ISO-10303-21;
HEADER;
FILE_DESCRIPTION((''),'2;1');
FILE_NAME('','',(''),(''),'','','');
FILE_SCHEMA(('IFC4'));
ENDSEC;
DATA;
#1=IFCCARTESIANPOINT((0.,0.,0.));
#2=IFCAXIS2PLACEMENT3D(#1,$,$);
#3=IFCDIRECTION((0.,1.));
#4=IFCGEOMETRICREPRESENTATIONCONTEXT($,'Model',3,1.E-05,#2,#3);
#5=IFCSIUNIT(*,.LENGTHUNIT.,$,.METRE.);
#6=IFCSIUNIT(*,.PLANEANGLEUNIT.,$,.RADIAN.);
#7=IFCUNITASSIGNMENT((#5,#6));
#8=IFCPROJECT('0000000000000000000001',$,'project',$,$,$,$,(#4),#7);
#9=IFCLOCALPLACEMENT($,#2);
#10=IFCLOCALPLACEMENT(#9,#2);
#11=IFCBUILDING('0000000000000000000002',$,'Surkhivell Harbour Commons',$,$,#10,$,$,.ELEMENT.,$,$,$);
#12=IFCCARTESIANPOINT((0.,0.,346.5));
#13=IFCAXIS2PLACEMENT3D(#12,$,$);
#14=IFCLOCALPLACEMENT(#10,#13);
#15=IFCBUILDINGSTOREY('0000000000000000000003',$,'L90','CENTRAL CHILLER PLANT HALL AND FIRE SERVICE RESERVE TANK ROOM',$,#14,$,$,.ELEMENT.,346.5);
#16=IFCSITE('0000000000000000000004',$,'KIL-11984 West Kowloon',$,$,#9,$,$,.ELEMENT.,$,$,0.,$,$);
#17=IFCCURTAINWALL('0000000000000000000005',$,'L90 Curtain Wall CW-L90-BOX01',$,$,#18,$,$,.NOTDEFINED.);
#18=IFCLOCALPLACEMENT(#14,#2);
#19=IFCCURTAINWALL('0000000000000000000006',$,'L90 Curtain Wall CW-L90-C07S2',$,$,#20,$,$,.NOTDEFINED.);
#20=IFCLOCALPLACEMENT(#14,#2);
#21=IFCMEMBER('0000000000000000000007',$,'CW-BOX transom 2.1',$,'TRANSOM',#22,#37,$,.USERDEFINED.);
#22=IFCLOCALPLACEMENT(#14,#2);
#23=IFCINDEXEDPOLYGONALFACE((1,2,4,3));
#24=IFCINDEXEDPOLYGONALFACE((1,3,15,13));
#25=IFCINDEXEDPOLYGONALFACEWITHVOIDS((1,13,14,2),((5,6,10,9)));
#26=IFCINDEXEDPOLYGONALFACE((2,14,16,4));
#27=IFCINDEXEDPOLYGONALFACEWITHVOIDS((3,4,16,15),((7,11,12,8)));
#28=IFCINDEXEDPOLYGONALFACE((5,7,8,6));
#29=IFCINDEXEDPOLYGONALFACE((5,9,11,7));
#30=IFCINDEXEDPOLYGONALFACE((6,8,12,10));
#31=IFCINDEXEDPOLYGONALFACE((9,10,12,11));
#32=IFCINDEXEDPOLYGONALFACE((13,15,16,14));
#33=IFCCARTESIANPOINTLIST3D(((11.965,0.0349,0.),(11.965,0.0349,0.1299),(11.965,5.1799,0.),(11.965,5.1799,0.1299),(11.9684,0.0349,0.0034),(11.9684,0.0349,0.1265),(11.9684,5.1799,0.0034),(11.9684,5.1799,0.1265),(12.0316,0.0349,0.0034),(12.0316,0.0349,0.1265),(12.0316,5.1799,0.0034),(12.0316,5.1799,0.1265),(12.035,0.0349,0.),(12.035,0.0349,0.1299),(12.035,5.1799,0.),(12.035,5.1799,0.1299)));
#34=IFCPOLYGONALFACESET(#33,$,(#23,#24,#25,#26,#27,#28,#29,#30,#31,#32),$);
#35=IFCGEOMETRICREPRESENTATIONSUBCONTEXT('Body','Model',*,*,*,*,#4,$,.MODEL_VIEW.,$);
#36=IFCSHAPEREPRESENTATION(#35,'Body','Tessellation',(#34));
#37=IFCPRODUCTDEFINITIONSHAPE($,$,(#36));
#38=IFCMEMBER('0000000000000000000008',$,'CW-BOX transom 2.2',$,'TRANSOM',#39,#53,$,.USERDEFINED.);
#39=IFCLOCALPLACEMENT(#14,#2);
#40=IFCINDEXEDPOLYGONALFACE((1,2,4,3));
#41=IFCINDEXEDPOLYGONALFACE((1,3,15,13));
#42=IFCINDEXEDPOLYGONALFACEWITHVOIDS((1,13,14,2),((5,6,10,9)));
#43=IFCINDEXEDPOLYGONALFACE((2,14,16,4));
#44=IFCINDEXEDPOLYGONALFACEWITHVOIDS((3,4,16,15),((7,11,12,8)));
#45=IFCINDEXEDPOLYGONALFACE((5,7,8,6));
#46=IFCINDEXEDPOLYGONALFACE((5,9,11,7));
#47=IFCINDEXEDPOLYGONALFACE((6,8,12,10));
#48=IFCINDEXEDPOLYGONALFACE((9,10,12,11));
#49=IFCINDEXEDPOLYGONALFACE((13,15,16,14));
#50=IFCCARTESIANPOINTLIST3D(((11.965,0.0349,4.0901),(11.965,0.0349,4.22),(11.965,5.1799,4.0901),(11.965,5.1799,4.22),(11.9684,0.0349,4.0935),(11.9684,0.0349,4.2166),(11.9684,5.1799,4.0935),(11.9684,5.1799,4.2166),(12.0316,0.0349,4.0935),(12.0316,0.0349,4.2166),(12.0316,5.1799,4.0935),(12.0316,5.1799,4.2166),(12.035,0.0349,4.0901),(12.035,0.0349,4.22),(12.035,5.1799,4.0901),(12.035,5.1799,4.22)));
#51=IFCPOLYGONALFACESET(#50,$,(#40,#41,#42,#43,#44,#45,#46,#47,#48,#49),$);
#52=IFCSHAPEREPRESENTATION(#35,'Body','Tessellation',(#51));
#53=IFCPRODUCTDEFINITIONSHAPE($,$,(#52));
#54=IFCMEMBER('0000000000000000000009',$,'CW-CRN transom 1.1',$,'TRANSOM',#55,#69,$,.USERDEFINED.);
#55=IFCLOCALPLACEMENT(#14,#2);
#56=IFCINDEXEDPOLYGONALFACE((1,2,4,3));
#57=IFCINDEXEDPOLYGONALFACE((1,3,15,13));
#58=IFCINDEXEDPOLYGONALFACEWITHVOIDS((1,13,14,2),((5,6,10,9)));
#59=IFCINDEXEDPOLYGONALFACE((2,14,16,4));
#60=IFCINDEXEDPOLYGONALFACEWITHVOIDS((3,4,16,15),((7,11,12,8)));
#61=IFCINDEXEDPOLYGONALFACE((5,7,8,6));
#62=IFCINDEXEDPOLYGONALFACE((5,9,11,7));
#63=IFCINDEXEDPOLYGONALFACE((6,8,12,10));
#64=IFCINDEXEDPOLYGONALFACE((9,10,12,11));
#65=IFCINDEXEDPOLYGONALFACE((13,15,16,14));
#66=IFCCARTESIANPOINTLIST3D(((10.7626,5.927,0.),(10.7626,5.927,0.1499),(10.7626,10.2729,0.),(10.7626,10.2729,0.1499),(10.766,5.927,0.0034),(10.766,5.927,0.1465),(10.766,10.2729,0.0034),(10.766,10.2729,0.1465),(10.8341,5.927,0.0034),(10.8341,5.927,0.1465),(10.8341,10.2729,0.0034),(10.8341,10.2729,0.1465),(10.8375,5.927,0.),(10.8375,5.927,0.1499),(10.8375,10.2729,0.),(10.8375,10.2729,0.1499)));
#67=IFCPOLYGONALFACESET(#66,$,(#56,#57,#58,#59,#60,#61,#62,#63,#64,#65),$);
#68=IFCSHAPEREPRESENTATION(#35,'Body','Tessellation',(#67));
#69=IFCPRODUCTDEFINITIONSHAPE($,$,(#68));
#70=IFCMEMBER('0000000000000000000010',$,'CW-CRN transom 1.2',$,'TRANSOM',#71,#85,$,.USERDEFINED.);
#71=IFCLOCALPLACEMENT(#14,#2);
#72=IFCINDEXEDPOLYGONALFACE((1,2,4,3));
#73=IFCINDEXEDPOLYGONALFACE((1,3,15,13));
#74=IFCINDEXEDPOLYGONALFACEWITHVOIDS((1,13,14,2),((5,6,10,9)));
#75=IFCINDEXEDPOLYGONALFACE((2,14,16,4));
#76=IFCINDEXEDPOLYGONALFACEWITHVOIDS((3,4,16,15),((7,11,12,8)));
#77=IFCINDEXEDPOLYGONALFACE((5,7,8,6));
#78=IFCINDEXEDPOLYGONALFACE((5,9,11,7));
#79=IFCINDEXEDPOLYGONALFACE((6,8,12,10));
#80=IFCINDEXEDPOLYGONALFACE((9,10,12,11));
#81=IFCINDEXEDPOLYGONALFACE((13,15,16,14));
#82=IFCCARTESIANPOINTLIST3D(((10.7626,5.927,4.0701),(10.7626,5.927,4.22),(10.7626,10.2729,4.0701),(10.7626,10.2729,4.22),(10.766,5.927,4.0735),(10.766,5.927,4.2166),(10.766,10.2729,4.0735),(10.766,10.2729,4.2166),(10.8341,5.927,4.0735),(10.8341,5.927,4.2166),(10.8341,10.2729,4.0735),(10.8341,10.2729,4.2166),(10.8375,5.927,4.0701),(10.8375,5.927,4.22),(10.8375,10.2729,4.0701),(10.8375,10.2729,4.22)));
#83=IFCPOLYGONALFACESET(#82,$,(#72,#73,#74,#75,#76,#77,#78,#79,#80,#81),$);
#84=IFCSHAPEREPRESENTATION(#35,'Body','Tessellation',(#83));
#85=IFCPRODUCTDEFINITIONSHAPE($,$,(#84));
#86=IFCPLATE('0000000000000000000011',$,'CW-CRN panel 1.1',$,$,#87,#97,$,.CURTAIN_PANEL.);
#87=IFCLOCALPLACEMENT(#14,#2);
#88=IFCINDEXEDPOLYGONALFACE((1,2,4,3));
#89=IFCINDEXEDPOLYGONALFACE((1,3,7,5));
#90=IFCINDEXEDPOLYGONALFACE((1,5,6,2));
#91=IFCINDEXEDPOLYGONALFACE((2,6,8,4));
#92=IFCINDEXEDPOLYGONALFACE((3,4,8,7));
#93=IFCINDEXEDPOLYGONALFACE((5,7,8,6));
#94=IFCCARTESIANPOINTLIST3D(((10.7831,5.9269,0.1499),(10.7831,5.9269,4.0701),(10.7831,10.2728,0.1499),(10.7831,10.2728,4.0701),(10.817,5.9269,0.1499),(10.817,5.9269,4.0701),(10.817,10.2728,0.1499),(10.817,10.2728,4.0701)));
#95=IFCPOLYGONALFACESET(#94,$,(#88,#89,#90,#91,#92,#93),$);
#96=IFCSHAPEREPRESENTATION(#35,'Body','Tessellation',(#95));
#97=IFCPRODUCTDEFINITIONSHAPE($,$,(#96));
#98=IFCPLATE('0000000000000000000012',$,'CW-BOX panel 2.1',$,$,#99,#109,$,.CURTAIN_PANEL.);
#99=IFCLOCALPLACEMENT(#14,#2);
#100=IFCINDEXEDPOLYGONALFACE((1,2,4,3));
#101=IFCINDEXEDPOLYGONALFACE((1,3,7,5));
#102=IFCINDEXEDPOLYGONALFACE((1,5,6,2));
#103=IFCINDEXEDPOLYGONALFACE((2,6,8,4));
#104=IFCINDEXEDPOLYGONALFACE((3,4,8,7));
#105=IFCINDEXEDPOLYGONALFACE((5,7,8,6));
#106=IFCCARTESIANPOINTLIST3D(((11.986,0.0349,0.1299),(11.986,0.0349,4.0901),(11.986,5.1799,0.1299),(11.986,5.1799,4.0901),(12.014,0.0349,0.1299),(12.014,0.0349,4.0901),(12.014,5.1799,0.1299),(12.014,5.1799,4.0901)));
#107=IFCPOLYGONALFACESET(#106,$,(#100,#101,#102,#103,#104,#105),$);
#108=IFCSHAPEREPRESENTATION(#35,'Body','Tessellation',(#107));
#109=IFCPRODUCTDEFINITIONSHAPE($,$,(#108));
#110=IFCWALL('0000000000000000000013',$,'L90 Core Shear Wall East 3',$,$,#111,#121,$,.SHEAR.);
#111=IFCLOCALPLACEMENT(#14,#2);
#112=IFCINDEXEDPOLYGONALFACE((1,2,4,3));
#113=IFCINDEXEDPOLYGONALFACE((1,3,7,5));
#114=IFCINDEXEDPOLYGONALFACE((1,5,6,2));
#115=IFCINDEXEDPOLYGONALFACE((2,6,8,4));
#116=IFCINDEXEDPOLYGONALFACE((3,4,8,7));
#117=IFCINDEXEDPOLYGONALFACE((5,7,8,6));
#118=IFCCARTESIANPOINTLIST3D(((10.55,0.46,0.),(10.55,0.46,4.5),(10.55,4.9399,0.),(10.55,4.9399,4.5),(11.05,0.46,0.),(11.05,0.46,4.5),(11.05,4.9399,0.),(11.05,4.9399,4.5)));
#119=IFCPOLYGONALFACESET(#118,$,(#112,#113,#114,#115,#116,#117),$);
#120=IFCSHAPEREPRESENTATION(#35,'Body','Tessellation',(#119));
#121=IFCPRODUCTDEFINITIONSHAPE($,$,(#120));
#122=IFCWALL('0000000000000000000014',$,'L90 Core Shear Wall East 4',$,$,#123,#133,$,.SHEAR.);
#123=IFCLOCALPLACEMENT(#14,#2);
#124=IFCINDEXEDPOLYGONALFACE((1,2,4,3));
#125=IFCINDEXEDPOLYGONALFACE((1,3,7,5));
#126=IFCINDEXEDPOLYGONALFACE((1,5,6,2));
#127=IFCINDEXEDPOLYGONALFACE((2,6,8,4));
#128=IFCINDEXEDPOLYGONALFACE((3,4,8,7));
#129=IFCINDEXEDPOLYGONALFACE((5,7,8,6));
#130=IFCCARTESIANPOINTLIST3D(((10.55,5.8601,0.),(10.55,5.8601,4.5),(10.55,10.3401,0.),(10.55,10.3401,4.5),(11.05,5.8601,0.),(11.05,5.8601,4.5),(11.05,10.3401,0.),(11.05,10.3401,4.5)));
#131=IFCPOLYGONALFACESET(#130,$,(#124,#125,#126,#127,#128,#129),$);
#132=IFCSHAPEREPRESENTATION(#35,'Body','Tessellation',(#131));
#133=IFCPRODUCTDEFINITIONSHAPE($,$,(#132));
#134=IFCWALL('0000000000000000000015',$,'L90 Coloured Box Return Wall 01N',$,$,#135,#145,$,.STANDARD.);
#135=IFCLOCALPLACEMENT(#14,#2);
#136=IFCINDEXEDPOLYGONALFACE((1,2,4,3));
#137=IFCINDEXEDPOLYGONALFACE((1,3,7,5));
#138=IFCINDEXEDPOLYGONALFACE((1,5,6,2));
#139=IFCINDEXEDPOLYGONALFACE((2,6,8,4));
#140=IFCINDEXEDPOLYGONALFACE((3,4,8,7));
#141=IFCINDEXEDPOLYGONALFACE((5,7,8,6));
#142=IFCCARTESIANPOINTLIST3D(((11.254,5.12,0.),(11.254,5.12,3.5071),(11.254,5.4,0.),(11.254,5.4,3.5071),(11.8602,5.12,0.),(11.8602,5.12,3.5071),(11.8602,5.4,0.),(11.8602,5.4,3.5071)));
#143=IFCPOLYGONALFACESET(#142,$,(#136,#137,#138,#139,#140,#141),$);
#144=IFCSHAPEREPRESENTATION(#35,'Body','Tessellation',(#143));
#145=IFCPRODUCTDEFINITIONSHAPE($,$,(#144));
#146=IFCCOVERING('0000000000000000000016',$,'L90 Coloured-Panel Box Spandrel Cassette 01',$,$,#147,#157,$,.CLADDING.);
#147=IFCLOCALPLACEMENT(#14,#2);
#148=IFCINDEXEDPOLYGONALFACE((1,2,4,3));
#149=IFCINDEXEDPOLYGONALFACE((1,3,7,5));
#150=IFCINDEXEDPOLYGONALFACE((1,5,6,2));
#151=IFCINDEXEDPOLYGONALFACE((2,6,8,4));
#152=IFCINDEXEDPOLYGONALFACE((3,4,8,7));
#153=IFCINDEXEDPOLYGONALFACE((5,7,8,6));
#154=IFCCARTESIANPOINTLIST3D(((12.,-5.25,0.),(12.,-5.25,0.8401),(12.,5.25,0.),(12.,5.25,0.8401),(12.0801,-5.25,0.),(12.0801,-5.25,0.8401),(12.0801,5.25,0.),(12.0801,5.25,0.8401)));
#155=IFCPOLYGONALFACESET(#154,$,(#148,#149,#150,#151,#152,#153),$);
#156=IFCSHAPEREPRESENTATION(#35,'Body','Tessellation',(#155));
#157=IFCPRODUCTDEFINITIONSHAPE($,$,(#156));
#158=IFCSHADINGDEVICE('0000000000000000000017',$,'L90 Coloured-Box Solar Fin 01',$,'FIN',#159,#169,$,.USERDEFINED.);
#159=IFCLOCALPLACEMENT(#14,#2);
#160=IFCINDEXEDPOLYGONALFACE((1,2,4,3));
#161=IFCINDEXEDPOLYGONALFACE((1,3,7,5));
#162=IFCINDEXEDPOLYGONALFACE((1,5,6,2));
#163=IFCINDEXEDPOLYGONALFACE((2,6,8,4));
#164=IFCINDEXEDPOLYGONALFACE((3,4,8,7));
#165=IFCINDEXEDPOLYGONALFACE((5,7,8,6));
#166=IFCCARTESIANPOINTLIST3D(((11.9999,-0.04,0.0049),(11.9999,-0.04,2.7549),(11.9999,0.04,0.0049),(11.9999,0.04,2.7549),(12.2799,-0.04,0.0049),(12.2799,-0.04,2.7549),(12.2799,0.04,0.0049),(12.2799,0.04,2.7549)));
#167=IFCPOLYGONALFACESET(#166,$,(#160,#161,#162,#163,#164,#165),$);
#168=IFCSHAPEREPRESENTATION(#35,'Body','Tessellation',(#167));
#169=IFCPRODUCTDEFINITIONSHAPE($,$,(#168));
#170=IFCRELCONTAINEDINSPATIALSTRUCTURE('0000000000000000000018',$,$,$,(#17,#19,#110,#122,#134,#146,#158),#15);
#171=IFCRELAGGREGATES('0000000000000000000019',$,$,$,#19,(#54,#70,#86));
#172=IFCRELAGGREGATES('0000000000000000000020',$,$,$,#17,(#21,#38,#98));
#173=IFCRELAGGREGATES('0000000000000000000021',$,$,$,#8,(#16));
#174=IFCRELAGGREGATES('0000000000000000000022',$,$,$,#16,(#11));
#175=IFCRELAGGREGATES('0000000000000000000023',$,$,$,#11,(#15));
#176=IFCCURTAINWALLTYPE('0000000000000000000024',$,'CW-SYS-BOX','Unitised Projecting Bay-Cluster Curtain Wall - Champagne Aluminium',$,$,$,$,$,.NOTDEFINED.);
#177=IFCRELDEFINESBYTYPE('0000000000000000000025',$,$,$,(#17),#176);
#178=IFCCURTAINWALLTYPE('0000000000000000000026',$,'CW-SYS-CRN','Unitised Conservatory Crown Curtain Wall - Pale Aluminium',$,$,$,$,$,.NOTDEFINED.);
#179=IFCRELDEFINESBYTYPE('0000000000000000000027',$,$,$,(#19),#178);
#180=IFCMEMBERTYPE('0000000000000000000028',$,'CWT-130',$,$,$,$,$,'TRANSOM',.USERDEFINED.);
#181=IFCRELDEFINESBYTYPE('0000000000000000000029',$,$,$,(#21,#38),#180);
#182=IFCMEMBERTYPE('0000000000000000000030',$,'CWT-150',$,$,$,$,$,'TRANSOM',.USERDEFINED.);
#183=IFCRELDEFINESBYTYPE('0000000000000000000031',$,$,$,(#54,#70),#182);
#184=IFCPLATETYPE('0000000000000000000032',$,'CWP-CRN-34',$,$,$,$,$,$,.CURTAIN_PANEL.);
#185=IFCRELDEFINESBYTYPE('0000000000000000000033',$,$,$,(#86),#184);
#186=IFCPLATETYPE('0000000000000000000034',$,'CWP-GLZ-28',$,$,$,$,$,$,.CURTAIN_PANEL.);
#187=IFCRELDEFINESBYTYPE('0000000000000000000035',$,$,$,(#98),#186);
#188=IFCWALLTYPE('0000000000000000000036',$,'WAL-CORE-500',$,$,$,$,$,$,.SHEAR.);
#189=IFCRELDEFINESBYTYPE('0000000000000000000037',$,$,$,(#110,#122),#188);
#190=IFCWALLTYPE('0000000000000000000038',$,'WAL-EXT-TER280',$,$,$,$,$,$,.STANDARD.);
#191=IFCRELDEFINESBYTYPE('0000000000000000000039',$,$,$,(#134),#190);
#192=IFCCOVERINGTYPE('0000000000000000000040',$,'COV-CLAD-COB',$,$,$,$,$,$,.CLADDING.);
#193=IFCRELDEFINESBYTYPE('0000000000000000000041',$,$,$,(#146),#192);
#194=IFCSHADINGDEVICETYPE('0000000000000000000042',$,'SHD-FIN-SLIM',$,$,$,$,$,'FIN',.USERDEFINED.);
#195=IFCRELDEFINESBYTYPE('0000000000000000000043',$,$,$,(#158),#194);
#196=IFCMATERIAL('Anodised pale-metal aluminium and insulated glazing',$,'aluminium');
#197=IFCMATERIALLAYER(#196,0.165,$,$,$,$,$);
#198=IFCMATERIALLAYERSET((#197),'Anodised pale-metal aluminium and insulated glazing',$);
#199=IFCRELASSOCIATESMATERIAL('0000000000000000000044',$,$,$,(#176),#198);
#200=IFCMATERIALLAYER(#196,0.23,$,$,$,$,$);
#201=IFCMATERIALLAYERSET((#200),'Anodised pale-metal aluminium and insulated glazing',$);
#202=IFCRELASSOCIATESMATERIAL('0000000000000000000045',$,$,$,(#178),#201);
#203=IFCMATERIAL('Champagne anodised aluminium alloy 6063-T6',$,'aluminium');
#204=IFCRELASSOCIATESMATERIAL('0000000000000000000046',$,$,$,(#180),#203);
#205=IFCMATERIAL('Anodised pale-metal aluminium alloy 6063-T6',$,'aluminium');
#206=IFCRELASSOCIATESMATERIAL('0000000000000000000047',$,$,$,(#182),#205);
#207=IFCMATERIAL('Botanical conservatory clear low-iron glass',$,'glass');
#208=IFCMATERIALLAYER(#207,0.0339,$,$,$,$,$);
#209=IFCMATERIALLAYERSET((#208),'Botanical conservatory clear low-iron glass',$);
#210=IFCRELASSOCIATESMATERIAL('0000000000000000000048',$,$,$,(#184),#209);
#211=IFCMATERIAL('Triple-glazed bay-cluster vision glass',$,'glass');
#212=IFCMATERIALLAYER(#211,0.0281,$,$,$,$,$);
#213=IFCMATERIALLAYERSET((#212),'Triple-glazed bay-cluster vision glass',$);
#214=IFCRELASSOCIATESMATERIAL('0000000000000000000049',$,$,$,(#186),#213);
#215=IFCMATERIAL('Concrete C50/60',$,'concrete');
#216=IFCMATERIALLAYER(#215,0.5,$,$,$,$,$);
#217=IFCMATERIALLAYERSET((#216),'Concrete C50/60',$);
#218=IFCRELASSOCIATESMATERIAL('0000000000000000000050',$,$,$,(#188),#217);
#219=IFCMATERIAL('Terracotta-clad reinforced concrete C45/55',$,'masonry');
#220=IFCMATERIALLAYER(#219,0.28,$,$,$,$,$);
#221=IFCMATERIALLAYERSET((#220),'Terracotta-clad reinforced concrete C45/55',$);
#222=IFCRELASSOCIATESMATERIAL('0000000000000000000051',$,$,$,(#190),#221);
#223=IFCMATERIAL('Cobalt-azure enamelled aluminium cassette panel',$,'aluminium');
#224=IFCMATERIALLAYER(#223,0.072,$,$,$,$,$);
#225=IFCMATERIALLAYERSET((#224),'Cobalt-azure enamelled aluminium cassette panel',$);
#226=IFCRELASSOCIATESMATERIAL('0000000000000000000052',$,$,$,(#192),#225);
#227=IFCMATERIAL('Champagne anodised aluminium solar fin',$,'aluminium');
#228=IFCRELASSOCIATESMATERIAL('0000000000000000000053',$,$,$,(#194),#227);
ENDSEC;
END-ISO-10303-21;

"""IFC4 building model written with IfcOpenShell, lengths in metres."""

from ifc_helpers import new_model, si_unit, direction, frame, frame_2d, origin, origin_2d, place, context, subcontext, project, spatial, rectangle, hollow_rectangle, extrude, material, layer, layer_set, material_profile, profile_set, type_object, element, aggregate, save


model = new_model("IFC4")

# Units and contexts
model_context = context("Model", 3, precision=1e-05, world=origin(), true_north=direction((0.0, 1.0)))
body_context = subcontext(model_context, "Body", "Model", "MODEL_VIEW")
ifc_project = project(units=[si_unit("LENGTHUNIT", "METRE"), si_unit("PLANEANGLEUNIT", "RADIAN")], contexts=[model_context])

# Site, building, storey
site_placement = place(None, origin())
site = spatial("IfcSite", under=ifc_project, at=site_placement, Name="KIL-11984 West Kowloon", CompositionType="ELEMENT", RefElevation=0.0)
building_placement = place(site_placement, origin())
building = spatial("IfcBuilding", under=site, at=building_placement, Name="Surkhivell Harbour Commons", CompositionType="ELEMENT")
storey_placement = place(building_placement, frame((0.0, 0.0, 346.5)))
storey = spatial("IfcBuildingStorey", under=building, at=storey_placement, Name="L90", Description="CENTRAL CHILLER PLANT HALL AND FIRE SERVICE RESERVE TANK ROOM", CompositionType="ELEMENT", Elevation=346.5)

# Curtain walls
ifc_material_1 = material(Name="Anodised pale-metal aluminium and insulated glazing", Category="aluminium")
ifc_layer_1 = layer(ifc_material_1, 0.165)
ifc_layer_set_1 = layer_set([ifc_layer_1], Name="Anodised pale-metal aluminium and insulated glazing")
curtain_wall_type_1 = type_object("IfcCurtainWallType", Name="CW-SYS-BOX", Description="Unitised Projecting Bay-Cluster Curtain Wall - Champagne Aluminium", PredefinedType="NOTDEFINED", material=ifc_layer_set_1)
curtain_wall_1_placement = place(storey_placement, origin())
curtain_wall_1 = element("IfcCurtainWall", 1, at=curtain_wall_1_placement, inside=storey, type_object=curtain_wall_type_1, Name="L90 Curtain Wall CW-L90-BOX01", PredefinedType="NOTDEFINED")
ifc_material_2 = material(Name="Champagne anodised aluminium alloy 6063-T6", Category="aluminium")
ifc_layer_2 = layer(ifc_material_1, 0.23)
ifc_layer_set_2 = layer_set([ifc_layer_2], Name="Anodised pale-metal aluminium and insulated glazing")
curtain_wall_type_2 = type_object("IfcCurtainWallType", Name="CW-SYS-CRN", Description="Unitised Conservatory Crown Curtain Wall - Pale Aluminium", PredefinedType="NOTDEFINED", material=ifc_layer_set_2)
curtain_wall_2_placement = place(storey_placement, origin())
curtain_wall_2 = element("IfcCurtainWall", 2, at=curtain_wall_2_placement, inside=storey, type_object=curtain_wall_type_2, Name="L90 Curtain Wall CW-L90-C07S2", PredefinedType="NOTDEFINED")
ifc_material_3 = material(Name="Anodised pale-metal aluminium alloy 6063-T6", Category="aluminium")

# Members
ifc_material_profile_1 = material_profile(ifc_material_2, hollow_rectangle(XDim=0.0701, YDim=0.1299, WallThickness=0.0034, at=origin_2d()), Name="ALU-TRAN-70x130")
ifc_profile_set_1 = profile_set([ifc_material_profile_1], Name="Champagne anodised aluminium alloy 6063-T6")
member_type_1 = type_object("IfcMemberType", Name="CWT-130", ElementType="TRANSOM", PredefinedType="USERDEFINED", material=ifc_profile_set_1)
member_1_placement = place(storey_placement, frame((12.0, 0.0349, 0.0649), z_axis=(0.0, 1.0, 0.0), x_axis=(-1.0, 0.0, 0.0)))
member_1 = element("IfcMember", 3, at=member_1_placement, type_object=member_type_1, Name="CW-BOX transom 2.1", ObjectType="TRANSOM", PredefinedType="USERDEFINED", context=body_context, shape_type="SweptSolid", body=[
    extrude(hollow_rectangle(XDim=0.0701, YDim=0.1299, WallThickness=0.0034, at=origin_2d()), origin(), (0.0, 0.0, 1.0), 5.145),
])
member_2_placement = place(storey_placement, frame((12.0, 0.0349, 4.155), z_axis=(0.0, 1.0, 0.0), x_axis=(-1.0, 0.0, 0.0)))
member_2 = element("IfcMember", 4, at=member_2_placement, type_object=member_type_1, Name="CW-BOX transom 2.2", ObjectType="TRANSOM", PredefinedType="USERDEFINED", context=body_context, shape_type="SweptSolid", body=[
    extrude(hollow_rectangle(XDim=0.0701, YDim=0.1299, WallThickness=0.0034, at=origin_2d()), origin(), (0.0, 0.0, 1.0), 5.145),
])
ifc_material_profile_2 = material_profile(ifc_material_3, hollow_rectangle(XDim=0.075, YDim=0.1499, WallThickness=0.0034, at=origin_2d()), Name="ALU-TRAN-75x150")
ifc_profile_set_2 = profile_set([ifc_material_profile_2], Name="Anodised pale-metal aluminium alloy 6063-T6")
member_type_2 = type_object("IfcMemberType", Name="CWT-150", ElementType="TRANSOM", PredefinedType="USERDEFINED", material=ifc_profile_set_2)
member_3_placement = place(storey_placement, frame((10.8, 5.927, 0.075), z_axis=(0.0, 1.0, 0.0), x_axis=(-1.0, 0.0, 0.0)))
member_3 = element("IfcMember", 5, at=member_3_placement, type_object=member_type_2, Name="CW-CRN transom 1.1", ObjectType="TRANSOM", PredefinedType="USERDEFINED", context=body_context, shape_type="SweptSolid", body=[
    extrude(hollow_rectangle(XDim=0.075, YDim=0.1499, WallThickness=0.0034, at=origin_2d()), origin(), (0.0, 0.0, 1.0), 4.3459),
])
member_4_placement = place(storey_placement, frame((10.8, 5.927, 4.145), z_axis=(0.0, 1.0, 0.0), x_axis=(-1.0, 0.0, 0.0)))
member_4 = element("IfcMember", 6, at=member_4_placement, type_object=member_type_2, Name="CW-CRN transom 1.2", ObjectType="TRANSOM", PredefinedType="USERDEFINED", context=body_context, shape_type="SweptSolid", body=[
    extrude(hollow_rectangle(XDim=0.075, YDim=0.1499, WallThickness=0.0034, at=origin_2d()), origin(), (0.0, 0.0, 1.0), 4.3459),
])

# Plates
ifc_material_4 = material(Name="Botanical conservatory clear low-iron glass", Category="glass")
ifc_layer_3 = layer(ifc_material_4, 0.0339)
ifc_layer_set_3 = layer_set([ifc_layer_3], Name="Botanical conservatory clear low-iron glass")
plate_type_1 = type_object("IfcPlateType", Name="CWP-CRN-34", PredefinedType="CURTAIN_PANEL", material=ifc_layer_set_3)
plate_1_placement = place(storey_placement, frame((10.8, 5.927, 0.1499), z_axis=(0.0, 0.0, 1.0), x_axis=(0.0, 1.0, 0.0)))
plate_1 = element("IfcPlate", 7, at=plate_1_placement, type_object=plate_type_1, Name="CW-CRN panel 1.1", PredefinedType="CURTAIN_PANEL", context=body_context, shape_type="SweptSolid", body=[
    extrude(rectangle(XDim=4.3459, YDim=0.0339, at=frame_2d((2.1729, 0.0))), origin(), (0.0, 0.0, 1.0), 3.9202),
])
aggregate(curtain_wall_2, [member_3, member_4, plate_1])
ifc_material_5 = material(Name="Triple-glazed bay-cluster vision glass", Category="glass")
ifc_layer_4 = layer(ifc_material_5, 0.0281)
ifc_layer_set_4 = layer_set([ifc_layer_4], Name="Triple-glazed bay-cluster vision glass")
plate_type_2 = type_object("IfcPlateType", Name="CWP-GLZ-28", PredefinedType="CURTAIN_PANEL", material=ifc_layer_set_4)
plate_2_placement = place(storey_placement, frame((12.0, 0.0349, 0.1299), z_axis=(0.0, 0.0, 1.0), x_axis=(0.0, 1.0, 0.0)))
plate_2 = element("IfcPlate", 8, at=plate_2_placement, type_object=plate_type_2, Name="CW-BOX panel 2.1", PredefinedType="CURTAIN_PANEL", context=body_context, shape_type="SweptSolid", body=[
    extrude(rectangle(XDim=5.145, YDim=0.0281, at=frame_2d((2.5725, 0.0))), origin(), (0.0, 0.0, 1.0), 3.9602),
])
aggregate(curtain_wall_1, [member_1, member_2, plate_2])

# Walls
ifc_material_6 = material(Name="Concrete C50/60", Category="concrete")
ifc_layer_5 = layer(ifc_material_6, 0.5)
ifc_layer_set_5 = layer_set([ifc_layer_5], Name="Concrete C50/60")
wall_type_1 = type_object("IfcWallType", Name="WAL-CORE-500", PredefinedType="SHEAR", material=ifc_layer_set_5)
for number, where, z_axis, x_axis, name in (
    (9, (10.8, 0.46, 0.0), (0.0, 0.0, 1.0), (0.0, 1.0, 0.0), "L90 Core Shear Wall East 3"),
    (10, (10.8, 5.8601, 0.0), (0.0, 0.0, 1.0), (0.0, 1.0, 0.0), "L90 Core Shear Wall East 4"),
):
    element("IfcWall", number, at=place(storey_placement, frame(where, z_axis=z_axis, x_axis=x_axis)), inside=storey, type_object=wall_type_1, Name=name, PredefinedType="SHEAR", context=body_context, shape_type="SweptSolid", body=[
        extrude(rectangle(XDim=4.48, YDim=0.5, at=frame_2d((2.24, 0.0))), origin(), (0.0, 0.0, 1.0), 4.5),
    ])
ifc_material_7 = material(Name="Terracotta-clad reinforced concrete C45/55", Category="masonry")
ifc_layer_6 = layer(ifc_material_7, 0.28)
ifc_layer_set_6 = layer_set([ifc_layer_6], Name="Terracotta-clad reinforced concrete C45/55")
wall_type_2 = type_object("IfcWallType", Name="WAL-EXT-TER280", PredefinedType="STANDARD", material=ifc_layer_set_6)
wall_placement = place(storey_placement, frame((11.2539, 5.26, 0.0), z_axis=(0.0, 0.0, 1.0), x_axis=(1.0, 0.0, 0.0)))
element("IfcWall", 11, at=wall_placement, inside=storey, type_object=wall_type_2, Name="L90 Coloured Box Return Wall 01N", PredefinedType="STANDARD", context=body_context, shape_type="SweptSolid", body=[
    extrude(rectangle(XDim=0.6062, YDim=0.28, at=frame_2d((0.3032, 0.0))), origin(), (0.0, 0.0, 1.0), 3.5071),
])

# Covering
ifc_material_8 = material(Name="Cobalt-azure enamelled aluminium cassette panel", Category="aluminium")
ifc_layer_7 = layer(ifc_material_8, 0.072)
ifc_layer_set_7 = layer_set([ifc_layer_7], Name="Cobalt-azure enamelled aluminium cassette panel")
covering_type = type_object("IfcCoveringType", Name="COV-CLAD-COB", PredefinedType="CLADDING", material=ifc_layer_set_7)
covering_placement = place(storey_placement, frame((12.04, 0.0, 0.0), z_axis=(0.0, 0.0, 1.0), x_axis=(1.0, 0.0, 0.0)))
element("IfcCovering", 12, at=covering_placement, inside=storey, type_object=covering_type, Name="L90 Coloured-Panel Box Spandrel Cassette 01", PredefinedType="CLADDING", context=body_context, shape_type="SweptSolid", body=[
    extrude(rectangle(XDim=0.0801, YDim=10.5, at=origin_2d()), origin(), (0.0, 0.0, 1.0), 0.8401),
])

# Shading device
ifc_material_9 = material(Name="Champagne anodised aluminium solar fin", Category="aluminium")
shading_device_type = type_object("IfcShadingDeviceType", Name="SHD-FIN-SLIM", ElementType="FIN", PredefinedType="USERDEFINED", material=ifc_material_9)
shading_device_placement = place(storey_placement, frame((12.1399, 0.0, 0.0049), z_axis=(0.0, 0.0, 1.0), x_axis=(1.0, 0.0, 0.0)))
element("IfcShadingDevice", 13, at=shading_device_placement, inside=storey, type_object=shading_device_type, Name="L90 Coloured-Box Solar Fin 01", ObjectType="FIN", PredefinedType="USERDEFINED", context=body_context, shape_type="SweptSolid", body=[
    extrude(rectangle(XDim=0.28, YDim=0.0801, at=origin_2d()), origin(), (0.0, 0.0, 1.0), 2.75),
])

save(model, "model.ifc")
